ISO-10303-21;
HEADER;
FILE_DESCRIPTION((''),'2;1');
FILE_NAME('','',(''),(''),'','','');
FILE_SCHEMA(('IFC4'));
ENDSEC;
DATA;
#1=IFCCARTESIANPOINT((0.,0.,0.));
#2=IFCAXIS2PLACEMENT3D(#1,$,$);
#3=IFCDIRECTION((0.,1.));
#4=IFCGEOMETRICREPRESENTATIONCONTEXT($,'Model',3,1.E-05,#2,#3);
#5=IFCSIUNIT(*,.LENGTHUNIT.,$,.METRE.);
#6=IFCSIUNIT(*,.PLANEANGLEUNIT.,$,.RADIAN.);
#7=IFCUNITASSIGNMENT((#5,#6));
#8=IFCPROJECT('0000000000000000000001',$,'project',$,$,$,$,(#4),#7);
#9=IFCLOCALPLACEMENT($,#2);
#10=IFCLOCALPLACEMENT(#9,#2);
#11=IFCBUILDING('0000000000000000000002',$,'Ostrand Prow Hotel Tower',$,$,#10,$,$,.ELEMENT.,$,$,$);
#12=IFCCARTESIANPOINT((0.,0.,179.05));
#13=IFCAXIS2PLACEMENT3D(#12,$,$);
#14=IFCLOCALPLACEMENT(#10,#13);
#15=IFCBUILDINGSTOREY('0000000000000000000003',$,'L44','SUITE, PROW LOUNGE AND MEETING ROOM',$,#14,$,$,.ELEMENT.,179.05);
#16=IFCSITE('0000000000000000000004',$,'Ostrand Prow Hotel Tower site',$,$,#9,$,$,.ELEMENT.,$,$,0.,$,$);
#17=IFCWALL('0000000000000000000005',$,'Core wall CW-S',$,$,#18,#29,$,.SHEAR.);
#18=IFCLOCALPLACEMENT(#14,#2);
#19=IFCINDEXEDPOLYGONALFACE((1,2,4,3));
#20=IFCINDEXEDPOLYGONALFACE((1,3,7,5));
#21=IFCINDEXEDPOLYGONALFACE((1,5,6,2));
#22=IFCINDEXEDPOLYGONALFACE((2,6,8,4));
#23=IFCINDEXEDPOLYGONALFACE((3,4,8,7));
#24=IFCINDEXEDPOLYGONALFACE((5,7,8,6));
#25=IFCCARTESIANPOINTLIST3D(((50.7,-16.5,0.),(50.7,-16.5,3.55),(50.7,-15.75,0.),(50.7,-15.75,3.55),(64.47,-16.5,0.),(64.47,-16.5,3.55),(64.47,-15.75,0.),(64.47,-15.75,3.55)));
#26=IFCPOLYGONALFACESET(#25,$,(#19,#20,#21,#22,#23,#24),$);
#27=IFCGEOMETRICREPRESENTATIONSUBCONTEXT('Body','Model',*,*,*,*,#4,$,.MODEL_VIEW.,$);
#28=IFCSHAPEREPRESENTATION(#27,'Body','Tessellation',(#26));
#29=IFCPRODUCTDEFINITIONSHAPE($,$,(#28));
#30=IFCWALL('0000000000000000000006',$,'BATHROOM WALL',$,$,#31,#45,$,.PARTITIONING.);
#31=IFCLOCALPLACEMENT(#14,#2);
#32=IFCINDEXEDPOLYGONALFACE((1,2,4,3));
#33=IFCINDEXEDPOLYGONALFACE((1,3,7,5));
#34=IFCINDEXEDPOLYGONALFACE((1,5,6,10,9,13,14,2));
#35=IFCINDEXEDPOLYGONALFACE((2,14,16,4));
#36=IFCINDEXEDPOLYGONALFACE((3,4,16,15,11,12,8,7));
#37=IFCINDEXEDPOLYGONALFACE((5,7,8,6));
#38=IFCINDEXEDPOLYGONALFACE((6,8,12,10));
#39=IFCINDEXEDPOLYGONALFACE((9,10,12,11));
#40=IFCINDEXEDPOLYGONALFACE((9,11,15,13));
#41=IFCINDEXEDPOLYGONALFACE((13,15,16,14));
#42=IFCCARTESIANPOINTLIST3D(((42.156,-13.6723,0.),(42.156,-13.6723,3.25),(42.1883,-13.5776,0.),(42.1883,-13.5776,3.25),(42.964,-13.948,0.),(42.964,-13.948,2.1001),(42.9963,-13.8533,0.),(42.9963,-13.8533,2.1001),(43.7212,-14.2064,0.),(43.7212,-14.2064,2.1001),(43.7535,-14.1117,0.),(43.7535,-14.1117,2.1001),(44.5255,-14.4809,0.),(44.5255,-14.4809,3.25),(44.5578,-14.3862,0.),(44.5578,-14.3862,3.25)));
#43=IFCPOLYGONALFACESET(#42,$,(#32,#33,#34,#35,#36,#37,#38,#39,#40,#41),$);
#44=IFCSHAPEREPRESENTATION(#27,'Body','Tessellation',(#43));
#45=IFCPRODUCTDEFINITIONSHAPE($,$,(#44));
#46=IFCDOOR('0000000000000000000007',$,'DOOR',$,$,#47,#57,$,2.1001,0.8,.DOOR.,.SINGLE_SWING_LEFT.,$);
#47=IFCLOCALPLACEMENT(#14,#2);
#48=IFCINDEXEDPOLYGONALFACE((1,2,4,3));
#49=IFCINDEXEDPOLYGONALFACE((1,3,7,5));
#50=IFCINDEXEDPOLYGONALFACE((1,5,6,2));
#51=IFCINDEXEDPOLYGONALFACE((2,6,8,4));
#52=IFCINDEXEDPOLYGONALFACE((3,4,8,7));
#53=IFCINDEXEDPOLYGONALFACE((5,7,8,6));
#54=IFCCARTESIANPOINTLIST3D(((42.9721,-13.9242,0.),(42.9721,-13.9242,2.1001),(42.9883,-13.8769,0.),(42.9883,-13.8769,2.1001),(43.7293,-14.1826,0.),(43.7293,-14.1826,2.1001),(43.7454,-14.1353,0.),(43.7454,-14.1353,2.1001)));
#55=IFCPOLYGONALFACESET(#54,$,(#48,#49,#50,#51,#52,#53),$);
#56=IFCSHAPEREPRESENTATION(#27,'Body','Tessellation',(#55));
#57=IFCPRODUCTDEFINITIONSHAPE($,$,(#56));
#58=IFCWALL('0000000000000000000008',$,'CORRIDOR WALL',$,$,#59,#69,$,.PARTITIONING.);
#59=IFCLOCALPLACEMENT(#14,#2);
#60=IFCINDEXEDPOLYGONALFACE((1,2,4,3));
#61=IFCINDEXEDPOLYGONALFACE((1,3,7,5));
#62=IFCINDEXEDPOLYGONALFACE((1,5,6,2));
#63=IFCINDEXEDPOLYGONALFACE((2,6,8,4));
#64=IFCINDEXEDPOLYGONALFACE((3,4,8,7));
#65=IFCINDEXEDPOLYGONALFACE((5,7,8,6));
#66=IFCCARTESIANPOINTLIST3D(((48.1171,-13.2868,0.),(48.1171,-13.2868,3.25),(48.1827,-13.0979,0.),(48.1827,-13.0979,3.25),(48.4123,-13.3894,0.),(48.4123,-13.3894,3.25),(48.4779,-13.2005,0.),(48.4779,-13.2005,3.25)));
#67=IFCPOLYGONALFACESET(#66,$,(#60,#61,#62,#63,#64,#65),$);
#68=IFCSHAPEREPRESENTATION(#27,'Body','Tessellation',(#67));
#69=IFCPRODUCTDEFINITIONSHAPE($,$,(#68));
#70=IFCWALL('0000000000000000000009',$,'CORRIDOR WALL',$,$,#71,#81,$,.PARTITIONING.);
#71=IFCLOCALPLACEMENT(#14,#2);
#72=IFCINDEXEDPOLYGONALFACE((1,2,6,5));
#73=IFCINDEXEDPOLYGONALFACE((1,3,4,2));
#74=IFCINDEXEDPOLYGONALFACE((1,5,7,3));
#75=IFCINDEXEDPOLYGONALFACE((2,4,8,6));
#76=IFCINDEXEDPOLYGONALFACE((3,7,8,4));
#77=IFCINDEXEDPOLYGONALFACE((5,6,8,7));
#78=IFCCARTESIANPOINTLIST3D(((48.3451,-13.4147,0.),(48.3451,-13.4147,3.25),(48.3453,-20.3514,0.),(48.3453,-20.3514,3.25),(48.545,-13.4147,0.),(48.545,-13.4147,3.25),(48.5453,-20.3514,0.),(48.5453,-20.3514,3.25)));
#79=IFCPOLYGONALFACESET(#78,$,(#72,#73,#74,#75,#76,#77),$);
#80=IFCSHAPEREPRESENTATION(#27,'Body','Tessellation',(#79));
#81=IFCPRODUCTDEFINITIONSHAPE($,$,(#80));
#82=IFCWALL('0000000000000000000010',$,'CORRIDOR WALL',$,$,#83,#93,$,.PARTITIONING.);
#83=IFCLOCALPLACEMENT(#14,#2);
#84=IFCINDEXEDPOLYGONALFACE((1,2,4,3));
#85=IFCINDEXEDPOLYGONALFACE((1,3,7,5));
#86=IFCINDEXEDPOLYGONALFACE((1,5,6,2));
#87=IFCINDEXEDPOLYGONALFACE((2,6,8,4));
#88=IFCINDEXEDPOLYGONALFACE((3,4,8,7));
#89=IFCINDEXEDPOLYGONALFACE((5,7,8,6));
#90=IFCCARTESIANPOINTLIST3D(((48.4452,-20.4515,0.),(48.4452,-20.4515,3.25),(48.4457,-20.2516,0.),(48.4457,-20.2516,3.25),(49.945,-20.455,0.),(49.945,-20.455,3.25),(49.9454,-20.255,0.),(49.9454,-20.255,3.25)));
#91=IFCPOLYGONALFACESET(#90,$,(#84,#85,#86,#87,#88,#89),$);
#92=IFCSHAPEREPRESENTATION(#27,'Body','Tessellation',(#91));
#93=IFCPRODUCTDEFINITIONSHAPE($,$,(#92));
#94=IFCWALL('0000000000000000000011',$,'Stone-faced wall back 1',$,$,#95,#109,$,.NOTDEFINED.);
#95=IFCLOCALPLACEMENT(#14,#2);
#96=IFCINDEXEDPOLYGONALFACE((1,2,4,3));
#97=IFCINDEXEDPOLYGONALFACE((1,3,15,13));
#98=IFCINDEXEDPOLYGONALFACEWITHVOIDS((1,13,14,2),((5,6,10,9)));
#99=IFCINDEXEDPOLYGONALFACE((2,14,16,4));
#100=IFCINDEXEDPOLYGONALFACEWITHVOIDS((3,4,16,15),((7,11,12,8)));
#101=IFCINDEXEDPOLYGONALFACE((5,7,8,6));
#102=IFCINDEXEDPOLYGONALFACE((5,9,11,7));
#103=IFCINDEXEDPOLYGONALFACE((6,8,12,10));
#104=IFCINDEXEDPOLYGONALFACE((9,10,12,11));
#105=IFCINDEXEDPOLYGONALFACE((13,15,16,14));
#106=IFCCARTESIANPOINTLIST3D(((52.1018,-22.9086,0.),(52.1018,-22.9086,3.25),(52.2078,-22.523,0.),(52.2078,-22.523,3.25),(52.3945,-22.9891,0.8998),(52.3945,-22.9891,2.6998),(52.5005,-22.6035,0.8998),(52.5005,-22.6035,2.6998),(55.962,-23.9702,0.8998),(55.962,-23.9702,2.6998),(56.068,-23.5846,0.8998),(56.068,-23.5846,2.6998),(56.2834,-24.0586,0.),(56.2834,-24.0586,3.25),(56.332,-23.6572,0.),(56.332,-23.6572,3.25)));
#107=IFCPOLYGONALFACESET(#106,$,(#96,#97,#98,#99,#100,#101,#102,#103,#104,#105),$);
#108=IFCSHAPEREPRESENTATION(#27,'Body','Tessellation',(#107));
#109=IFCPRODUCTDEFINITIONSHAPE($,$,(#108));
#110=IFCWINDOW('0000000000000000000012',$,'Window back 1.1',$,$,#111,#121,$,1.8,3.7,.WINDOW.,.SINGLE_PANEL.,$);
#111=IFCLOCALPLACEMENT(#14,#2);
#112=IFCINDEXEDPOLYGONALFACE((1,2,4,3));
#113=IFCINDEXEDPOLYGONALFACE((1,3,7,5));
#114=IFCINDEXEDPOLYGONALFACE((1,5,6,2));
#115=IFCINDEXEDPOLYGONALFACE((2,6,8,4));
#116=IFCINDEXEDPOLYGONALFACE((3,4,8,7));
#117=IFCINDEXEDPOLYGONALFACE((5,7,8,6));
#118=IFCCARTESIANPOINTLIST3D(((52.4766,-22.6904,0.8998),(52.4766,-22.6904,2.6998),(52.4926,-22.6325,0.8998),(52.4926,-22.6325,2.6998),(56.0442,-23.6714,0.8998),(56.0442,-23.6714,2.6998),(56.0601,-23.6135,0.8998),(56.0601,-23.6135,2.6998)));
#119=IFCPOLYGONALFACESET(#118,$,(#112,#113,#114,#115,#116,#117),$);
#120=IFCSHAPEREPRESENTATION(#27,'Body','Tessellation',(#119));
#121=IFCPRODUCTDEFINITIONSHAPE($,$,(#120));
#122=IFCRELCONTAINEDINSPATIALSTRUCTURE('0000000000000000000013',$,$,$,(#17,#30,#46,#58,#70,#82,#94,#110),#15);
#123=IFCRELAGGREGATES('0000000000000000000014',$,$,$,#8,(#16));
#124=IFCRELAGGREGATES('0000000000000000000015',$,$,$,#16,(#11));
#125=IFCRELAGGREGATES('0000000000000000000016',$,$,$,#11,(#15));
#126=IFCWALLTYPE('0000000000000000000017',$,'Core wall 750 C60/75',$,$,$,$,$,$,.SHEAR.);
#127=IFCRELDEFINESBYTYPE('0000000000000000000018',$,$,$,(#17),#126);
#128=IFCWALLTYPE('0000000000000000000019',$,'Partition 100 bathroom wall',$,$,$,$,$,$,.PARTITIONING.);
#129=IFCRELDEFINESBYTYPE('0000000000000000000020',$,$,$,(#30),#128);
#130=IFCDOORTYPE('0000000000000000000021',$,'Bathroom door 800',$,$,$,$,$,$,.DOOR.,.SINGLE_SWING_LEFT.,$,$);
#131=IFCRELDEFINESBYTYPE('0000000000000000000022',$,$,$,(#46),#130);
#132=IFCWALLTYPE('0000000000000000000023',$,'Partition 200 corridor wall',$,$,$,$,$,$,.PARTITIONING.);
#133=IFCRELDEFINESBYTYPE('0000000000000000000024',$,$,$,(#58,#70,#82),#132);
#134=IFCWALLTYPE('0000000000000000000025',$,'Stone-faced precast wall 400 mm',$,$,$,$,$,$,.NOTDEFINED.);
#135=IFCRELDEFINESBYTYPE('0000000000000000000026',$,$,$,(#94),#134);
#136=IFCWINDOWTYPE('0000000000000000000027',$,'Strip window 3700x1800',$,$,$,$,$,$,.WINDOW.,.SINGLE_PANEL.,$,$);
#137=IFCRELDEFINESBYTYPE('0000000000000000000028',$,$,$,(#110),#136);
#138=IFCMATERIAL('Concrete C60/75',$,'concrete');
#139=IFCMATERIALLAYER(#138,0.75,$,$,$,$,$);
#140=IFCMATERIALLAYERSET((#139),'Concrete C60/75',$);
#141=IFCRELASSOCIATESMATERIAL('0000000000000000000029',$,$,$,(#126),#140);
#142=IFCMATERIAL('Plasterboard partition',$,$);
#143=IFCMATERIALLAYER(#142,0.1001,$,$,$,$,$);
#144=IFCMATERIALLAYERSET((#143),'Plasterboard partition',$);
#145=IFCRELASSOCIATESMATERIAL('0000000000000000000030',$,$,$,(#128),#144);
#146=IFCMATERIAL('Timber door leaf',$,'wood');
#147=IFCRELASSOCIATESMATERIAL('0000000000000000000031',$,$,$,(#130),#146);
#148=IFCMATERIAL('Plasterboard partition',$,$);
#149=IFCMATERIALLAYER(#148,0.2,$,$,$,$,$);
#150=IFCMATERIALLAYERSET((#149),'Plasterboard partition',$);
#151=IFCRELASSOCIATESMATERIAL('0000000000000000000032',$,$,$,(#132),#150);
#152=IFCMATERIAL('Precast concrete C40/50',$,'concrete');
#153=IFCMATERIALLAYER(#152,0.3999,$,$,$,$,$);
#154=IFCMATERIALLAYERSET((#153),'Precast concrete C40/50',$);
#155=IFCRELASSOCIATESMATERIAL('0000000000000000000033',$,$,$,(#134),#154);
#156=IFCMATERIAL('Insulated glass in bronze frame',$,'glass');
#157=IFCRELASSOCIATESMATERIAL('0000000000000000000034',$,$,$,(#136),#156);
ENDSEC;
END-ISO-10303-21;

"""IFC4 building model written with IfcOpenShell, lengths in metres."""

from ifc_helpers import new_model, si_unit, direction, frame, frame_2d, origin, place, context, subcontext, project, spatial, polyline, rectangle, outline, extrude, material, layer, layer_set, type_object, element, fill, save


model = new_model("IFC4")

# Units and contexts
model_context = context("Model", 3, precision=1e-05, world=origin(), true_north=direction((0.0, 1.0)))
body_context = subcontext(model_context, "Body", "Model", "MODEL_VIEW")
ifc_project = project(units=[si_unit("LENGTHUNIT", "METRE"), si_unit("PLANEANGLEUNIT", "RADIAN")], contexts=[model_context])

# Site, building, storey
site_placement = place(None, origin())
site = spatial("IfcSite", under=ifc_project, at=site_placement, Name="Ostrand Prow Hotel Tower site", CompositionType="ELEMENT", RefElevation=0.0)
building_placement = place(site_placement, origin())
building = spatial("IfcBuilding", under=site, at=building_placement, Name="Ostrand Prow Hotel Tower", CompositionType="ELEMENT")
storey_placement = place(building_placement, frame((0.0, 0.0, 179.05)))
storey = spatial("IfcBuildingStorey", under=building, at=storey_placement, Name="L44", Description="SUITE, PROW LOUNGE AND MEETING ROOM", CompositionType="ELEMENT", Elevation=179.05)

# Shared definitions
ifc_material_1 = material(Name="Concrete C60/75", Category="concrete")
ifc_layer_1 = layer(ifc_material_1, 0.75)
ifc_layer_set_1 = layer_set([ifc_layer_1], Name="Concrete C60/75")
wall_type_1 = type_object("IfcWallType", Name="Core wall 750 C60/75", PredefinedType="SHEAR", material=ifc_layer_set_1)

# Wall
wall_1_placement = place(storey_placement, frame((50.7, -16.125, 0.0), z_axis=(0.0, 0.0, 1.0), x_axis=(1.0, 0.0, 0.0)))
element("IfcWall", 1, at=wall_1_placement, inside=storey, type_object=wall_type_1, Name="Core wall CW-S", PredefinedType="SHEAR", context=body_context, shape_type="SweptSolid", body=[
    extrude(rectangle(XDim=13.77, YDim=0.75, at=frame_2d((6.885, 0.0))), origin(), (0.0, 0.0, 1.0), 3.55),
])

# Wall, opening, door
ifc_material_2 = material(Name="Plasterboard partition")
ifc_layer_2 = layer(ifc_material_2, 0.1001)
ifc_layer_set_2 = layer_set([ifc_layer_2], Name="Plasterboard partition")
wall_type_2 = type_object("IfcWallType", Name="Partition 100 bathroom wall", PredefinedType="PARTITIONING", material=ifc_layer_set_2)
wall_2_placement = place(storey_placement, frame((44.5417, -14.4336, 0.0), z_axis=(0.0, 0.0, 1.0), x_axis=(-0.946407, 0.322978, 0.0)))
wall_2 = element("IfcWall", 2, at=wall_2_placement, inside=storey, type_object=wall_type_2, Name="BATHROOM WALL", PredefinedType="PARTITIONING", context=body_context, shape_type="SweptSolid", body=[
    extrude(rectangle(XDim=2.5037, YDim=0.1001, at=frame_2d((1.252, 0.0))), origin(), (0.0, 0.0, 1.0), 3.25),
])
opening_1_placement = place(wall_2_placement, frame((0.8501, 0.0, 0.0)))
opening_1 = element("IfcOpeningElement", 3, at=opening_1_placement, cuts=wall_2, PredefinedType="OPENING", context=body_context, shape_type="SweptSolid", body=[
    extrude(rectangle(XDim=0.8, YDim=2.1001, at=frame_2d((0.3999, 1.05))), frame((0.0, 0.0601, 0.0), z_axis=(0.0, -1.0, 0.0), x_axis=(1.0, 0.0, 0.0)), (0.0, 0.0, 1.0), 0.1201),
])
ifc_material_3 = material(Name="Timber door leaf", Category="wood")
door_type_1 = type_object("IfcDoorType", Name="Bathroom door 800", OperationType="SINGLE_SWING_LEFT", PredefinedType="DOOR", material=ifc_material_3)
door_1_placement = place(opening_1_placement, origin())
door_1 = element("IfcDoor", 4, at=door_1_placement, inside=storey, type_object=door_type_1, Name="DOOR", OperationType="SINGLE_SWING_LEFT", OverallHeight=2.1001, OverallWidth=0.8, PredefinedType="DOOR", context=body_context, shape_type="SweptSolid", body=[
    extrude(rectangle(XDim=0.8, YDim=2.1001, at=frame_2d((0.3999, 1.05))), frame((0.0, 0.0249, 0.0), z_axis=(0.0, -1.0, 0.0), x_axis=(1.0, 0.0, 0.0)), (0.0, 0.0, 1.0), 0.05),
])
fill(opening_1, door_1)

# Walls
ifc_material_4 = material(Name="Plasterboard partition")
ifc_layer_3 = layer(ifc_material_4, 0.2)
ifc_layer_set_3 = layer_set([ifc_layer_3], Name="Plasterboard partition")
wall_type_3 = type_object("IfcWallType", Name="Partition 200 corridor wall", PredefinedType="PARTITIONING", material=ifc_layer_set_3)
wall_3_placement = place(storey_placement, frame((48.1499, -13.1924, 0.0), z_axis=(0.0, 0.0, 1.0), x_axis=(0.944623, -0.328157, 0.0)))
element("IfcWall", 5, at=wall_3_placement, inside=storey, type_object=wall_type_3, Name="CORRIDOR WALL", PredefinedType="PARTITIONING", context=body_context, shape_type="SweptSolid", body=[
    extrude(rectangle(XDim=0.3125, YDim=0.2, at=frame_2d((0.1562, 0.0))), origin(), (0.0, 0.0, 1.0), 3.25),
])
wall_4_placement = place(storey_placement, frame((48.4451, -13.4148, 0.0), z_axis=(0.0, 0.0, 1.0), x_axis=(0.000035, -1.0, 0.0)))
element("IfcWall", 6, at=wall_4_placement, inside=storey, type_object=wall_type_3, Name="CORRIDOR WALL", PredefinedType="PARTITIONING", context=body_context, shape_type="SweptSolid", body=[
    extrude(rectangle(XDim=6.9368, YDim=0.2, at=frame_2d((3.4683, 0.0))), origin(), (0.0, 0.0, 1.0), 3.25),
])
wall_5_placement = place(storey_placement, frame((48.4453, -20.3516, 0.0), z_axis=(0.0, 0.0, 1.0), x_axis=(0.999997, -0.002279, 0.0)))
element("IfcWall", 7, at=wall_5_placement, inside=storey, type_object=wall_type_3, Name="CORRIDOR WALL", PredefinedType="PARTITIONING", context=body_context, shape_type="SweptSolid", body=[
    extrude(rectangle(XDim=1.4998, YDim=0.2, at=frame_2d((0.75, 0.0))), origin(), (0.0, 0.0, 1.0), 3.25),
])

# Wall, opening, window
ifc_material_5 = material(Name="Precast concrete C40/50", Category="concrete")
ifc_layer_4 = layer(ifc_material_5, 0.3999)
ifc_layer_set_4 = layer_set([ifc_layer_4], Name="Precast concrete C40/50")
wall_type_4 = type_object("IfcWallType", Name="Stone-faced precast wall 400 mm", PredefinedType="NOTDEFINED", material=ifc_layer_set_4)
wall_6_placement = place(storey_placement, frame((52.1548, -22.7158, 0.0), z_axis=(0.0, 0.0, 1.0), x_axis=(0.964206, -0.265155, 0.0)))
wall_6 = element("IfcWall", 8, at=wall_6_placement, inside=storey, type_object=wall_type_4, Name="Stone-faced wall back 1", PredefinedType="NOTDEFINED", context=body_context, shape_type="SweptSolid", body=[
    extrude(outline(polyline([(0.0, -0.2), (4.3369, -0.2), (4.2773, 0.2), (0.0, 0.2), (0.0, -0.2)])), origin(), (0.0, 0.0, 1.0), 3.25),
])
opening_2_placement = place(wall_6_placement, frame((0.3035, 0.0, 0.8999)))
opening_2 = element("IfcOpeningElement", 9, at=opening_2_placement, cuts=wall_6, PredefinedType="OPENING", context=body_context, shape_type="SweptSolid", body=[
    extrude(rectangle(XDim=3.7, YDim=1.8, at=frame_2d((1.8501, 0.8999))), frame((0.0, 0.21, 0.0), z_axis=(0.0, -1.0, 0.0), x_axis=(1.0, 0.0, 0.0)), (0.0, 0.0, 1.0), 0.4199),
])
ifc_material_6 = material(Name="Insulated glass in bronze frame", Category="glass")
window_type = type_object("IfcWindowType", Name="Strip window 3700x1800", PartitioningType="SINGLE_PANEL", PredefinedType="WINDOW", material=ifc_material_6)
window_placement = place(opening_2_placement, origin())
window = element("IfcWindow", 10, at=window_placement, inside=storey, type_object=window_type, Name="Window back 1.1", OverallHeight=1.8, OverallWidth=3.7, PartitioningType="SINGLE_PANEL", PredefinedType="WINDOW", context=body_context, shape_type="SweptSolid", body=[
    extrude(rectangle(XDim=3.7, YDim=1.8, at=frame_2d((1.8501, 0.8999))), frame((0.0, 0.1699, 0.0), z_axis=(0.0, -1.0, 0.0), x_axis=(1.0, 0.0, 0.0)), (0.0, 0.0, 1.0), 0.0601),
])
fill(opening_2, window)

save(model, "model.ifc")
